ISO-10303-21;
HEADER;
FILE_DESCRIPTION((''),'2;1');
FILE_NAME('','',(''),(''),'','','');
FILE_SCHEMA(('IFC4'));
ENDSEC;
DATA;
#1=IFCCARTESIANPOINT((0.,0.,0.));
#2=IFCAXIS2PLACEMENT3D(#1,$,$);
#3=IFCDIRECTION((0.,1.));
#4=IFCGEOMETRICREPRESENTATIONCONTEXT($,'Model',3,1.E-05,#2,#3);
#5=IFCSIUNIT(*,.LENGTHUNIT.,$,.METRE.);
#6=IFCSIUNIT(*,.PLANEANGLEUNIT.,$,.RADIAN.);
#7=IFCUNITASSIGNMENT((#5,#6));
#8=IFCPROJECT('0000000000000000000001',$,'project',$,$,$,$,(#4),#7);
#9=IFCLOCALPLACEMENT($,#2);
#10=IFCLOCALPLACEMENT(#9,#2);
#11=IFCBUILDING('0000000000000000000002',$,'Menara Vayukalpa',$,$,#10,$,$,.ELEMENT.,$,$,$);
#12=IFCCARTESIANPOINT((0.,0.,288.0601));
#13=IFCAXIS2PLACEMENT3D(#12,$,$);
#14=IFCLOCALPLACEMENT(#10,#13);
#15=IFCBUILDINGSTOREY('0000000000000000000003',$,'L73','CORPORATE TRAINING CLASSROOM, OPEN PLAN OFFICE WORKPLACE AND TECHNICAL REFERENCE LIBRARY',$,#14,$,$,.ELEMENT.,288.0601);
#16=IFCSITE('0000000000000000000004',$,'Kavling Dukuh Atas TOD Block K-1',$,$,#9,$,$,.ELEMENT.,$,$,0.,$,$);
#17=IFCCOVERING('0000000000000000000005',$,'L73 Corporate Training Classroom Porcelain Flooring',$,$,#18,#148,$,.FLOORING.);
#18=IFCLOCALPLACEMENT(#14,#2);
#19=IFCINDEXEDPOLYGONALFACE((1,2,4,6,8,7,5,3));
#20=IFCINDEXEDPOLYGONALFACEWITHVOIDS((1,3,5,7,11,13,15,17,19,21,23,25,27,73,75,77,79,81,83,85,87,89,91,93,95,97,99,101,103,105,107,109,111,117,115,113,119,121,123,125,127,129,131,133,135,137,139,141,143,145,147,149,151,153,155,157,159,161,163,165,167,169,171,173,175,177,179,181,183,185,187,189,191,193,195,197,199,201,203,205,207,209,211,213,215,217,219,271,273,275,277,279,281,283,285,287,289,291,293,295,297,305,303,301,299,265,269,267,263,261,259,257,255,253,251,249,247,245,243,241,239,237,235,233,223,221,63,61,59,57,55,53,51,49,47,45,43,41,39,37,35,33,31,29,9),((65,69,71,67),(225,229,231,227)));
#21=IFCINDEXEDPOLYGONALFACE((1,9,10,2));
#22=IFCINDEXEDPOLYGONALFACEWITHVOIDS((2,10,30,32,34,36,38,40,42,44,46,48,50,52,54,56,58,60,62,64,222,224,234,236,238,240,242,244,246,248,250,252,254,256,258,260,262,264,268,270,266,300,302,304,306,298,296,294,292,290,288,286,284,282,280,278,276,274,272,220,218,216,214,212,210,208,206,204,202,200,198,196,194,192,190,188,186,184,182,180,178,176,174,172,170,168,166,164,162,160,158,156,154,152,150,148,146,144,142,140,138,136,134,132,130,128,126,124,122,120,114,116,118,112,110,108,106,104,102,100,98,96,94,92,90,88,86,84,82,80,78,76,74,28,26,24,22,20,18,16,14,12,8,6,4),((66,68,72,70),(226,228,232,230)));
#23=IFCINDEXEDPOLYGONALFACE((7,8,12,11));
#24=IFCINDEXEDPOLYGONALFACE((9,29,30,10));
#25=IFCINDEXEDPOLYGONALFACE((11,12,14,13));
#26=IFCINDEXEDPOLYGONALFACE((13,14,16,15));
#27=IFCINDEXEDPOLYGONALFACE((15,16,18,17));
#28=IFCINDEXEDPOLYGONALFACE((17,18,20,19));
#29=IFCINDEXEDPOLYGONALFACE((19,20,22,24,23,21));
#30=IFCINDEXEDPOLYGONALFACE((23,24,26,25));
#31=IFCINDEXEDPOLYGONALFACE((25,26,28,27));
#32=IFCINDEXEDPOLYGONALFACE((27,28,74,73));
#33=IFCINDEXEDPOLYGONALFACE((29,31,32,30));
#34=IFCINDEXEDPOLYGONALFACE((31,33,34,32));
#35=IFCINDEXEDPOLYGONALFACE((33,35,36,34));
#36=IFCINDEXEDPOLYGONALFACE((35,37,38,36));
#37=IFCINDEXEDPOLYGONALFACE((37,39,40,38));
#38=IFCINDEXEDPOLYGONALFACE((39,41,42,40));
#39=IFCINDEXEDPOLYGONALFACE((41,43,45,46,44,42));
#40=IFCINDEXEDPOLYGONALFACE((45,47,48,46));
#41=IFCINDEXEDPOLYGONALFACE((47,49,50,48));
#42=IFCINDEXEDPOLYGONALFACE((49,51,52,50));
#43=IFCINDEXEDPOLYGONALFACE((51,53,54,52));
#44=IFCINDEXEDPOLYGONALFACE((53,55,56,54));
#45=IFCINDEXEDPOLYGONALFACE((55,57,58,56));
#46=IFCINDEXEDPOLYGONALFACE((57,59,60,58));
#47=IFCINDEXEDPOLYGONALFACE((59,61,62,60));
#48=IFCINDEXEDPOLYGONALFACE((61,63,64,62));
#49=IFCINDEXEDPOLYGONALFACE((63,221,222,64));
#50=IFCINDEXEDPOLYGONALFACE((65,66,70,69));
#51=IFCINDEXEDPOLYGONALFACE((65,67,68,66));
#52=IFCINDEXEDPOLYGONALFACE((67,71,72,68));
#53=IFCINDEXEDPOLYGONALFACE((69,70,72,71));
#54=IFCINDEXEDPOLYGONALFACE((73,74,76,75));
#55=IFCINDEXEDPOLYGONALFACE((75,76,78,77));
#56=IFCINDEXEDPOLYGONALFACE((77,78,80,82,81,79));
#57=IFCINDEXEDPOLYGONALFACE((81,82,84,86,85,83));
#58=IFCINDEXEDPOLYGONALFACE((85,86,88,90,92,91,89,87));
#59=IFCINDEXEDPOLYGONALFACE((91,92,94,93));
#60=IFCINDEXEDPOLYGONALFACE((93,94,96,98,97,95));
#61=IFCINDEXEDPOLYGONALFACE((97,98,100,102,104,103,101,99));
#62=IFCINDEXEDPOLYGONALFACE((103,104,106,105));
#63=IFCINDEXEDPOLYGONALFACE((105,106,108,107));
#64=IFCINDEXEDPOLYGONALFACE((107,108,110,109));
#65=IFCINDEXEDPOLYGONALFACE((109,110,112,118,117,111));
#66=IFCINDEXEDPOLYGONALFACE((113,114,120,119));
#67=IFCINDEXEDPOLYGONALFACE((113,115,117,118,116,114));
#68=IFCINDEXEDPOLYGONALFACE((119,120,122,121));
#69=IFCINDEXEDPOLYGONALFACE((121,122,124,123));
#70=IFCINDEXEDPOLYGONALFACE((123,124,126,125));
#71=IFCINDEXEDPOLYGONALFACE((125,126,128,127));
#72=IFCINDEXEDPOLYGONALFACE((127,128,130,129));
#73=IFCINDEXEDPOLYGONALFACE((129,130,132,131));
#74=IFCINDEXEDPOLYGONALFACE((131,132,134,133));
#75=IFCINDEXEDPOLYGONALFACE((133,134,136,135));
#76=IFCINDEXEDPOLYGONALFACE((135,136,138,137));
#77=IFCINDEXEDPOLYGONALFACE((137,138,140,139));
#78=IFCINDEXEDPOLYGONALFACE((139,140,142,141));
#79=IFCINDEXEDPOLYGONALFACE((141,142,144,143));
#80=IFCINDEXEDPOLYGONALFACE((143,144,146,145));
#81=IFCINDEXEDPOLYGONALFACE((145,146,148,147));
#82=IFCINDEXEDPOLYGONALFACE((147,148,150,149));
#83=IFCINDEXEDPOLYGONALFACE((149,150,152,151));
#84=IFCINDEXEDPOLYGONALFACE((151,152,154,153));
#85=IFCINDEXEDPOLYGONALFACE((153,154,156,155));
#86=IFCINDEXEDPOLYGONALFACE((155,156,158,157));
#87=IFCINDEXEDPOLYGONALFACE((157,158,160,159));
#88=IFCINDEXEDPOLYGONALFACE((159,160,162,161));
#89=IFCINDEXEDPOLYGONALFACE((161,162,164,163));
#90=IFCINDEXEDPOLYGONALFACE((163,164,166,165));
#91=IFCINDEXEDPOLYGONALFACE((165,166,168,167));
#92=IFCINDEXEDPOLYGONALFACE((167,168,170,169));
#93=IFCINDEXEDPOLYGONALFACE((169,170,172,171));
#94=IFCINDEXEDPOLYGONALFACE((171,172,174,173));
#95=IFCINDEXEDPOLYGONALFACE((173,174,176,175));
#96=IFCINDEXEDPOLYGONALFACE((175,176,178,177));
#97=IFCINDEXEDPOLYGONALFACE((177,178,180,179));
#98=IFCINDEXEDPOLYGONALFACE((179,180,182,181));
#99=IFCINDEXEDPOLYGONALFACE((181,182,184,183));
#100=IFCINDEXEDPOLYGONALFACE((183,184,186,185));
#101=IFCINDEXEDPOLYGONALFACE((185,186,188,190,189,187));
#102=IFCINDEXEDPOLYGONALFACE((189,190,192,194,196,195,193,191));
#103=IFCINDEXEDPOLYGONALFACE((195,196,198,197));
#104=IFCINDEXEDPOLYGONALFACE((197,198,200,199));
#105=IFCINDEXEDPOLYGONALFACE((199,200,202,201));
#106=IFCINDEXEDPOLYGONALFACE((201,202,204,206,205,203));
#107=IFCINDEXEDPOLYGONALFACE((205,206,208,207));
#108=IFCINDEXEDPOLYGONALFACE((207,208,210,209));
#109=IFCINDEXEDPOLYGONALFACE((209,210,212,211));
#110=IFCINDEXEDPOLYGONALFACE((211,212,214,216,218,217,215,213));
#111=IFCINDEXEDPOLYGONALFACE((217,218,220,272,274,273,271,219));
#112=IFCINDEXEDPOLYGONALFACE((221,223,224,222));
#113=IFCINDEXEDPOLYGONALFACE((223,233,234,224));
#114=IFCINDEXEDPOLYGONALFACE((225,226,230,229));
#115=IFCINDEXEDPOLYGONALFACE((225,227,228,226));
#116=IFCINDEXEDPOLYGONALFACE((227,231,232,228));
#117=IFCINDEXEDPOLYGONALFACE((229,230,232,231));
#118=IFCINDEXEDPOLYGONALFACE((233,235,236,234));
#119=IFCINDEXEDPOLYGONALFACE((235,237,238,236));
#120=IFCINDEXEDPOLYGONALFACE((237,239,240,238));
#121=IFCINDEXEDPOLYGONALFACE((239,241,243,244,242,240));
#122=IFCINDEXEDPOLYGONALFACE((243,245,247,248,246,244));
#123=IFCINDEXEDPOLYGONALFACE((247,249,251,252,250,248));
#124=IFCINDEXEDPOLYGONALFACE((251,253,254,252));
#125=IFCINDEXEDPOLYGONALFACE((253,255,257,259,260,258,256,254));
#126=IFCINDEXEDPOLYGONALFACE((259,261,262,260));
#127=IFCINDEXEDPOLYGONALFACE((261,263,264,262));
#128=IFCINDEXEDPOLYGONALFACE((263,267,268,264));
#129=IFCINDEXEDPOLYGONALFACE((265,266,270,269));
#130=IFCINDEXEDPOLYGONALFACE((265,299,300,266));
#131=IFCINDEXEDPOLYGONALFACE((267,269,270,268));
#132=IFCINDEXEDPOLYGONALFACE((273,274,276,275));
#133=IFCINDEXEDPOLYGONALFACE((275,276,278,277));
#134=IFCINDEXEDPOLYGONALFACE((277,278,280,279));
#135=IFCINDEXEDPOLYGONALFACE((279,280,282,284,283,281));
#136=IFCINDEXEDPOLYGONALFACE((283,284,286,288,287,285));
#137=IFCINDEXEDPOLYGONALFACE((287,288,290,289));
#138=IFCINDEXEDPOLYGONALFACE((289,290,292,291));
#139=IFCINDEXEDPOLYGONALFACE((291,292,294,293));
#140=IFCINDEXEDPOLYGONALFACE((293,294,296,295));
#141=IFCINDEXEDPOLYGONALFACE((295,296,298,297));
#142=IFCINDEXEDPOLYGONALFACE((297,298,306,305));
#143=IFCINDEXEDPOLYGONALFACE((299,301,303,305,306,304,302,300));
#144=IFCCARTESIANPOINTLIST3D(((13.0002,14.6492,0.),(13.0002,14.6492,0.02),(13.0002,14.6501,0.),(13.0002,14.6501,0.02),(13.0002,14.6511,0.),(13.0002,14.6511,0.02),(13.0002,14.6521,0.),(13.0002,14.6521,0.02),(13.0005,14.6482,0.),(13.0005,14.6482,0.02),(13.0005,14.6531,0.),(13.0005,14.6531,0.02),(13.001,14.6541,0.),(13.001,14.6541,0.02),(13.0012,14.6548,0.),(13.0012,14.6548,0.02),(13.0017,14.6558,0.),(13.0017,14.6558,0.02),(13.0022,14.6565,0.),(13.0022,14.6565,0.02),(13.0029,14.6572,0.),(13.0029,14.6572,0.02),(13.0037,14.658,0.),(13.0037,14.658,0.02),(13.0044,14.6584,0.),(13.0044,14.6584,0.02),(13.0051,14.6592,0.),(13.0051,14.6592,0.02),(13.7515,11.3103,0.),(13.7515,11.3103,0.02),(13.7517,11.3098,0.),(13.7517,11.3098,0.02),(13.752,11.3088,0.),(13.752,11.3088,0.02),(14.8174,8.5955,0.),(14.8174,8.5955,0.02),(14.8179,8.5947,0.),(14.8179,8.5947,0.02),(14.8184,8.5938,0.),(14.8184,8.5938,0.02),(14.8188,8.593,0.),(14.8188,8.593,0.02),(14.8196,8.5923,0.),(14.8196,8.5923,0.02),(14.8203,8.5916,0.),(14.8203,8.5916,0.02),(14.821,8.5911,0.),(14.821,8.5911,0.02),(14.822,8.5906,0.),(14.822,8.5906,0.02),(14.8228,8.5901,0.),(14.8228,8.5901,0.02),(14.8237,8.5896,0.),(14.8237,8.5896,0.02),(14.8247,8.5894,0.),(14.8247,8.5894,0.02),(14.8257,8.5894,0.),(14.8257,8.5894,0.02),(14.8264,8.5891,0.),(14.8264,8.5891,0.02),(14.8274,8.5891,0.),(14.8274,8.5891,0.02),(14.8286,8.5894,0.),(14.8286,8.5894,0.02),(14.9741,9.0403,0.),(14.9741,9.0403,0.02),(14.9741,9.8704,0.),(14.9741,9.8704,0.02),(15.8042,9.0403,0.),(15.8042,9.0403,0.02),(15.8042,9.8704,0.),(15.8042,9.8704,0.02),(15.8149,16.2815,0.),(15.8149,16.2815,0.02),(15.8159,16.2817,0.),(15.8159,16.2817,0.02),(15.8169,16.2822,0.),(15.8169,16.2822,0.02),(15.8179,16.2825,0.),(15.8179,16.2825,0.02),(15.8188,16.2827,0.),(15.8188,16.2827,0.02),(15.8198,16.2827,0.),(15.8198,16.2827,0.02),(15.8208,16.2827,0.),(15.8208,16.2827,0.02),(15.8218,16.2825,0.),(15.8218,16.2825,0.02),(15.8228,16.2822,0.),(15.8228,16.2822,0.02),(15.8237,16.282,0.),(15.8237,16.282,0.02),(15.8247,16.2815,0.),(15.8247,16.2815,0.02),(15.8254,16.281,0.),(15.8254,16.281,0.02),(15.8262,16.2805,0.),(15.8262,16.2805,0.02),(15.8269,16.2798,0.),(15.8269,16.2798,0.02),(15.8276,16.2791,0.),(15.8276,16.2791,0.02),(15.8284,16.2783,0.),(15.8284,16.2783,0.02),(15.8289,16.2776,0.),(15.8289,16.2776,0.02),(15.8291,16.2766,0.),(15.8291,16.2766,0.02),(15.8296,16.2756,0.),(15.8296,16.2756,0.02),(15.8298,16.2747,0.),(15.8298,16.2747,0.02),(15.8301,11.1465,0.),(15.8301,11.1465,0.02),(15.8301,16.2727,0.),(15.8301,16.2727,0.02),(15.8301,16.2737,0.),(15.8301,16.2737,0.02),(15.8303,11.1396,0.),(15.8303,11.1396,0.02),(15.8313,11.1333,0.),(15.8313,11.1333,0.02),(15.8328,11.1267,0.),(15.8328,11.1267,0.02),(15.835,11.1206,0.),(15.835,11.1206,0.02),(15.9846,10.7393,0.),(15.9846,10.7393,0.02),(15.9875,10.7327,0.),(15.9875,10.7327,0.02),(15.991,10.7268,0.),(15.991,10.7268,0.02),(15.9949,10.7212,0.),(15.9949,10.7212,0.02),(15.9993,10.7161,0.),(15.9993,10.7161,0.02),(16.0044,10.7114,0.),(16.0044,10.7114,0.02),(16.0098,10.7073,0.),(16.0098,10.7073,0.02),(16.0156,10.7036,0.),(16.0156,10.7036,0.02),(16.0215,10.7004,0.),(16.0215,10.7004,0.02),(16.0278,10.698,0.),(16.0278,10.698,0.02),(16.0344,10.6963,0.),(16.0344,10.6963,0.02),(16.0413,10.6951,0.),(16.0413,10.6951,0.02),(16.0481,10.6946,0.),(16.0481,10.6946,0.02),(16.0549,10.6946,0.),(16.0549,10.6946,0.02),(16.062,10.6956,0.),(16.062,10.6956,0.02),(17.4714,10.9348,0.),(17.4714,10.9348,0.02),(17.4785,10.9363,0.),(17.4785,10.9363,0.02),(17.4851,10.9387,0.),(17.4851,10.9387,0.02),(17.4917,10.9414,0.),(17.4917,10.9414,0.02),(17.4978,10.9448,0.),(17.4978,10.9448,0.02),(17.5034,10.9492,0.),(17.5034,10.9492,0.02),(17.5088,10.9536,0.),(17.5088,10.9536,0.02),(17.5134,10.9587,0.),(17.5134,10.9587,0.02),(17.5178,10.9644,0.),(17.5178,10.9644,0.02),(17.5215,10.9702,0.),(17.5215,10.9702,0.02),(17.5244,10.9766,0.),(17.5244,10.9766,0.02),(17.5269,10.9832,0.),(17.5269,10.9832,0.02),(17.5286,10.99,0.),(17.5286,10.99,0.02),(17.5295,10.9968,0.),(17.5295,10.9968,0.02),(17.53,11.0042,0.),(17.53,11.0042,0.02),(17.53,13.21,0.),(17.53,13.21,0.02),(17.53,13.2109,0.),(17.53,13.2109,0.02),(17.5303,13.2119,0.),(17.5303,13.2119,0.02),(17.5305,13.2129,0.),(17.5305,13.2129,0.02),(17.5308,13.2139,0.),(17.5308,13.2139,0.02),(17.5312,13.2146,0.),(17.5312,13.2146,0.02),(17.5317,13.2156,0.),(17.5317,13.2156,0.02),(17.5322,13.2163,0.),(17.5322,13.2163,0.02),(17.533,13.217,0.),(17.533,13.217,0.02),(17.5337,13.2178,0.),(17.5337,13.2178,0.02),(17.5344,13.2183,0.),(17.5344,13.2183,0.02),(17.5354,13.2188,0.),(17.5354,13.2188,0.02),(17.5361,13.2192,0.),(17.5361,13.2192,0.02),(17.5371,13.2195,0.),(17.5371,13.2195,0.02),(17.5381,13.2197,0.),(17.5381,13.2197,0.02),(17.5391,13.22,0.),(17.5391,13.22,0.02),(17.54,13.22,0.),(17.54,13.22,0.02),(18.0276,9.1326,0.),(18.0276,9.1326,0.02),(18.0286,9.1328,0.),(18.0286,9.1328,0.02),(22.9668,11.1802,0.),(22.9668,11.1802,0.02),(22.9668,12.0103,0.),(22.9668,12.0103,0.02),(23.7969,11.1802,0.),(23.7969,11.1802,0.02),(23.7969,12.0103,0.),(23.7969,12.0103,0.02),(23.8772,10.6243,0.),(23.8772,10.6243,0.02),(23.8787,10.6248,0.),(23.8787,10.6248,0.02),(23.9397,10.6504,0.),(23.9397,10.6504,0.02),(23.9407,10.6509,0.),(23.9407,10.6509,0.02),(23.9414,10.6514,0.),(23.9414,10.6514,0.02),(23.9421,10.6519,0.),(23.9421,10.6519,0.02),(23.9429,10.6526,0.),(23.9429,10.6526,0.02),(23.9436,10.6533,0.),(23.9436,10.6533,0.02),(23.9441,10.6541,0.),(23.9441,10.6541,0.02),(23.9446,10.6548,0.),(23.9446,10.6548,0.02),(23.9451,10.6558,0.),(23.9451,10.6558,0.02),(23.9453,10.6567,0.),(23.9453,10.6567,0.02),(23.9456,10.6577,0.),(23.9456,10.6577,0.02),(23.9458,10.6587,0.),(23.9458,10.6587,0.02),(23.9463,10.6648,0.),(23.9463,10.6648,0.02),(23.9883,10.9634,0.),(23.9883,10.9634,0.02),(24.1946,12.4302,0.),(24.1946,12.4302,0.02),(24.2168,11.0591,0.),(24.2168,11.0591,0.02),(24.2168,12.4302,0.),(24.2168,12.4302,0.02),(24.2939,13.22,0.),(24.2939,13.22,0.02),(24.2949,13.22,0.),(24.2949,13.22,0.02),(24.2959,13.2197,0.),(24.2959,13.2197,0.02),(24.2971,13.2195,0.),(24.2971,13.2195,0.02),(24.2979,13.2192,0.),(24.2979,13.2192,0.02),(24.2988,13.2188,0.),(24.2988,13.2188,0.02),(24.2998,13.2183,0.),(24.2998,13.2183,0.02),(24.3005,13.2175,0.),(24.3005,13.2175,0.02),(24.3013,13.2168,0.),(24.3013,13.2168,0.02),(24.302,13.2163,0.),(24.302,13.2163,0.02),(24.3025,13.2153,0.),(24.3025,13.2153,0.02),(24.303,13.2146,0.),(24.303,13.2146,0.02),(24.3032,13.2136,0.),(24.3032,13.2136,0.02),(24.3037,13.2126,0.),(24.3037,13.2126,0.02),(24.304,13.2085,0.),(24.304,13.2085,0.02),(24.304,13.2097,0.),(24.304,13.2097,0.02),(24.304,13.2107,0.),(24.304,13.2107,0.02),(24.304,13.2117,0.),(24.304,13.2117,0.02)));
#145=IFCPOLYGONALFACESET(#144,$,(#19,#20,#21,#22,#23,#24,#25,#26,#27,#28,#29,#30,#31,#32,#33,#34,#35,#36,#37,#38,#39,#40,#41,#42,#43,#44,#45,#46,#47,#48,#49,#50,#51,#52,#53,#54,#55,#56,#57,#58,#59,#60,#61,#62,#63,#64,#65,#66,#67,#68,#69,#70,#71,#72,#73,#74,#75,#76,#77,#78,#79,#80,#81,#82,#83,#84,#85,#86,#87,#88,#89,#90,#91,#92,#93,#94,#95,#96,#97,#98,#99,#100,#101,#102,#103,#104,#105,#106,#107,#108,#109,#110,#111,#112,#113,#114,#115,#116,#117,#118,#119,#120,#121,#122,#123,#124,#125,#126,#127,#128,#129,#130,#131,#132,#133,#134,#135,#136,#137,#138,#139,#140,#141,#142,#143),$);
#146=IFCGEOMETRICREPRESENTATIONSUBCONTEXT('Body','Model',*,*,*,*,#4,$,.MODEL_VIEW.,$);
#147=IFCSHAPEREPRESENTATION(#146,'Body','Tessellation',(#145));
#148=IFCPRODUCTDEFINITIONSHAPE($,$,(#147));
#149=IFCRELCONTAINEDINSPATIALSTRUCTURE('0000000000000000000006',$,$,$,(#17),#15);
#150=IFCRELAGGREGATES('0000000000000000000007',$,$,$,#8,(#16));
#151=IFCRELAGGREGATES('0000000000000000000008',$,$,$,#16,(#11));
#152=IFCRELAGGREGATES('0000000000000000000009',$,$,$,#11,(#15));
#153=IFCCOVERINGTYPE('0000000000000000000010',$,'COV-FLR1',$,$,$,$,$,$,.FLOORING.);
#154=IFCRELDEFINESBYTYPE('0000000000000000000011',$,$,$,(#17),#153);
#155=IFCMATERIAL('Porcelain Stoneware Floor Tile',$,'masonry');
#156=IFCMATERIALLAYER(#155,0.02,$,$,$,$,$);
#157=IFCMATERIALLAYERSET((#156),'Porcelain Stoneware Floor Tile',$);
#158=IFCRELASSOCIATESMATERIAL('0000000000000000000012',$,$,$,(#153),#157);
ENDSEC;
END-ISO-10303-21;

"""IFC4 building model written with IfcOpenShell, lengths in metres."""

from ifc_helpers import new_model, si_unit, direction, frame, origin, place, context, subcontext, project, spatial, polyline, outline, extrude, material, layer, layer_set, type_object, element, save


model = new_model("IFC4")

# Units and contexts
model_context = context("Model", 3, precision=1e-05, world=origin(), true_north=direction((0.0, 1.0)))
body_context = subcontext(model_context, "Body", "Model", "MODEL_VIEW")
ifc_project = project(units=[si_unit("LENGTHUNIT", "METRE"), si_unit("PLANEANGLEUNIT", "RADIAN")], contexts=[model_context])

# Site, building, storey
site_placement = place(None, origin())
site = spatial("IfcSite", under=ifc_project, at=site_placement, Name="Kavling Dukuh Atas TOD Block K-1", CompositionType="ELEMENT", RefElevation=0.0)
building_placement = place(site_placement, origin())
building = spatial("IfcBuilding", under=site, at=building_placement, Name="Menara Vayukalpa", CompositionType="ELEMENT")
storey_placement = place(building_placement, frame((0.0, 0.0, 288.0601)))
storey = spatial("IfcBuildingStorey", under=building, at=storey_placement, Name="L73", Description="CORPORATE TRAINING CLASSROOM, OPEN PLAN OFFICE WORKPLACE AND TECHNICAL REFERENCE LIBRARY", CompositionType="ELEMENT", Elevation=288.0601)

# Covering
ifc_material_1 = material(Name="Porcelain Stoneware Floor Tile", Category="masonry")
ifc_layer_1 = layer(ifc_material_1, 0.02)
ifc_layer_set_1 = layer_set([ifc_layer_1], Name="Porcelain Stoneware Floor Tile")
covering_type_1 = type_object("IfcCoveringType", Name="COV-FLR1", PredefinedType="FLOORING", material=ifc_layer_set_1)
covering_1_placement = place(storey_placement, origin())
element("IfcCovering", 1, at=covering_1_placement, inside=storey, type_object=covering_type_1, Name="L73 Corporate Training Classroom Porcelain Flooring", PredefinedType="FLOORING", context=body_context, shape_type="SweptSolid", body=[
    extrude(outline(polyline([(23.9883, 10.9634), (23.9463, 10.6648), (23.9458, 10.6587), (23.9456, 10.6577), (23.9453, 10.6567), (23.9451, 10.6558), (23.9446, 10.6548), (23.9441, 10.6541), (23.9436, 10.6533), (23.9429, 10.6526), (23.9421, 10.6519), (23.9414, 10.6514), (23.9407, 10.6509), (23.9397, 10.6504), (23.8787, 10.6248), (23.8772, 10.6243), (18.0286, 9.1328), (18.0276, 9.1326), (14.8286, 8.5894), (14.8274, 8.5891), (14.8264, 8.5891), (14.8257, 8.5894), (14.8247, 8.5894), (14.8237, 8.5896), (14.8228, 8.5901), (14.822, 8.5906), (14.821, 8.5911), (14.8203, 8.5916), (14.8196, 8.5923), (14.8188, 8.593), (14.8184, 8.5938), (14.8179, 8.5947), (14.8174, 8.5955), (13.752, 11.3088), (13.7517, 11.3098), (13.7515, 11.3103), (13.0005, 14.6482), (13.0002, 14.6492), (13.0002, 14.6501), (13.0002, 14.6511), (13.0002, 14.6521), (13.0005, 14.6531), (13.001, 14.6541), (13.0012, 14.6548), (13.0017, 14.6558), (13.0022, 14.6565), (13.0029, 14.6572), (13.0037, 14.658), (13.0044, 14.6584), (13.0051, 14.6592), (15.8149, 16.2815), (15.8159, 16.2817), (15.8169, 16.2822), (15.8179, 16.2825), (15.8188, 16.2827), (15.8198, 16.2827), (15.8208, 16.2827), (15.8218, 16.2825), (15.8228, 16.2822), (15.8237, 16.282), (15.8247, 16.2815), (15.8254, 16.281), (15.8262, 16.2805), (15.8269, 16.2798), (15.8276, 16.2791), (15.8284, 16.2783), (15.8289, 16.2776), (15.8291, 16.2766), (15.8296, 16.2756), (15.8298, 16.2747), (15.8301, 16.2737), (15.8301, 16.2727), (15.8301, 11.1465), (15.8303, 11.1396), (15.8313, 11.1333), (15.8328, 11.1267), (15.835, 11.1206), (15.9846, 10.7393), (15.9875, 10.7327), (15.991, 10.7268), (15.9949, 10.7212), (15.9993, 10.7161), (16.0044, 10.7114), (16.0098, 10.7073), (16.0156, 10.7036), (16.0215, 10.7004), (16.0278, 10.698), (16.0344, 10.6963), (16.0413, 10.6951), (16.0481, 10.6946), (16.0549, 10.6946), (16.062, 10.6956), (17.4714, 10.9348), (17.4785, 10.9363), (17.4851, 10.9387), (17.4917, 10.9414), (17.4978, 10.9448), (17.5034, 10.9492), (17.5088, 10.9536), (17.5134, 10.9587), (17.5178, 10.9644), (17.5215, 10.9702), (17.5244, 10.9766), (17.5269, 10.9832), (17.5286, 10.99), (17.5295, 10.9968), (17.53, 11.0042), (17.53, 13.21), (17.53, 13.2109), (17.5303, 13.2119), (17.5305, 13.2129), (17.5308, 13.2139), (17.5312, 13.2146), (17.5317, 13.2156), (17.5322, 13.2163), (17.533, 13.217), (17.5337, 13.2178), (17.5344, 13.2183), (17.5354, 13.2188), (17.5361, 13.2192), (17.5371, 13.2195), (17.5381, 13.2197), (17.5391, 13.22), (17.54, 13.22), (24.2939, 13.22), (24.2949, 13.22), (24.2959, 13.2197), (24.2971, 13.2195), (24.2979, 13.2192), (24.2988, 13.2188), (24.2998, 13.2183), (24.3005, 13.2175), (24.3013, 13.2168), (24.302, 13.2163), (24.3025, 13.2153), (24.303, 13.2146), (24.3032, 13.2136), (24.3037, 13.2126), (24.304, 13.2117), (24.304, 13.2107), (24.304, 13.2097), (24.304, 13.2085), (24.1946, 12.4302), (24.2168, 12.4302), (24.2168, 11.0591), (23.9883, 10.9634)]), holes=[polyline([(14.9741, 9.8704), (14.9741, 9.0403), (15.8042, 9.0403), (15.8042, 9.8704), (14.9741, 9.8704)]), polyline([(23.7969, 12.0103), (22.9668, 12.0103), (22.9668, 11.1802), (23.7969, 11.1802), (23.7969, 12.0103)])]), origin(), (0.0, 0.0, 1.0), 0.02),
])

save(model, "model.ifc")
